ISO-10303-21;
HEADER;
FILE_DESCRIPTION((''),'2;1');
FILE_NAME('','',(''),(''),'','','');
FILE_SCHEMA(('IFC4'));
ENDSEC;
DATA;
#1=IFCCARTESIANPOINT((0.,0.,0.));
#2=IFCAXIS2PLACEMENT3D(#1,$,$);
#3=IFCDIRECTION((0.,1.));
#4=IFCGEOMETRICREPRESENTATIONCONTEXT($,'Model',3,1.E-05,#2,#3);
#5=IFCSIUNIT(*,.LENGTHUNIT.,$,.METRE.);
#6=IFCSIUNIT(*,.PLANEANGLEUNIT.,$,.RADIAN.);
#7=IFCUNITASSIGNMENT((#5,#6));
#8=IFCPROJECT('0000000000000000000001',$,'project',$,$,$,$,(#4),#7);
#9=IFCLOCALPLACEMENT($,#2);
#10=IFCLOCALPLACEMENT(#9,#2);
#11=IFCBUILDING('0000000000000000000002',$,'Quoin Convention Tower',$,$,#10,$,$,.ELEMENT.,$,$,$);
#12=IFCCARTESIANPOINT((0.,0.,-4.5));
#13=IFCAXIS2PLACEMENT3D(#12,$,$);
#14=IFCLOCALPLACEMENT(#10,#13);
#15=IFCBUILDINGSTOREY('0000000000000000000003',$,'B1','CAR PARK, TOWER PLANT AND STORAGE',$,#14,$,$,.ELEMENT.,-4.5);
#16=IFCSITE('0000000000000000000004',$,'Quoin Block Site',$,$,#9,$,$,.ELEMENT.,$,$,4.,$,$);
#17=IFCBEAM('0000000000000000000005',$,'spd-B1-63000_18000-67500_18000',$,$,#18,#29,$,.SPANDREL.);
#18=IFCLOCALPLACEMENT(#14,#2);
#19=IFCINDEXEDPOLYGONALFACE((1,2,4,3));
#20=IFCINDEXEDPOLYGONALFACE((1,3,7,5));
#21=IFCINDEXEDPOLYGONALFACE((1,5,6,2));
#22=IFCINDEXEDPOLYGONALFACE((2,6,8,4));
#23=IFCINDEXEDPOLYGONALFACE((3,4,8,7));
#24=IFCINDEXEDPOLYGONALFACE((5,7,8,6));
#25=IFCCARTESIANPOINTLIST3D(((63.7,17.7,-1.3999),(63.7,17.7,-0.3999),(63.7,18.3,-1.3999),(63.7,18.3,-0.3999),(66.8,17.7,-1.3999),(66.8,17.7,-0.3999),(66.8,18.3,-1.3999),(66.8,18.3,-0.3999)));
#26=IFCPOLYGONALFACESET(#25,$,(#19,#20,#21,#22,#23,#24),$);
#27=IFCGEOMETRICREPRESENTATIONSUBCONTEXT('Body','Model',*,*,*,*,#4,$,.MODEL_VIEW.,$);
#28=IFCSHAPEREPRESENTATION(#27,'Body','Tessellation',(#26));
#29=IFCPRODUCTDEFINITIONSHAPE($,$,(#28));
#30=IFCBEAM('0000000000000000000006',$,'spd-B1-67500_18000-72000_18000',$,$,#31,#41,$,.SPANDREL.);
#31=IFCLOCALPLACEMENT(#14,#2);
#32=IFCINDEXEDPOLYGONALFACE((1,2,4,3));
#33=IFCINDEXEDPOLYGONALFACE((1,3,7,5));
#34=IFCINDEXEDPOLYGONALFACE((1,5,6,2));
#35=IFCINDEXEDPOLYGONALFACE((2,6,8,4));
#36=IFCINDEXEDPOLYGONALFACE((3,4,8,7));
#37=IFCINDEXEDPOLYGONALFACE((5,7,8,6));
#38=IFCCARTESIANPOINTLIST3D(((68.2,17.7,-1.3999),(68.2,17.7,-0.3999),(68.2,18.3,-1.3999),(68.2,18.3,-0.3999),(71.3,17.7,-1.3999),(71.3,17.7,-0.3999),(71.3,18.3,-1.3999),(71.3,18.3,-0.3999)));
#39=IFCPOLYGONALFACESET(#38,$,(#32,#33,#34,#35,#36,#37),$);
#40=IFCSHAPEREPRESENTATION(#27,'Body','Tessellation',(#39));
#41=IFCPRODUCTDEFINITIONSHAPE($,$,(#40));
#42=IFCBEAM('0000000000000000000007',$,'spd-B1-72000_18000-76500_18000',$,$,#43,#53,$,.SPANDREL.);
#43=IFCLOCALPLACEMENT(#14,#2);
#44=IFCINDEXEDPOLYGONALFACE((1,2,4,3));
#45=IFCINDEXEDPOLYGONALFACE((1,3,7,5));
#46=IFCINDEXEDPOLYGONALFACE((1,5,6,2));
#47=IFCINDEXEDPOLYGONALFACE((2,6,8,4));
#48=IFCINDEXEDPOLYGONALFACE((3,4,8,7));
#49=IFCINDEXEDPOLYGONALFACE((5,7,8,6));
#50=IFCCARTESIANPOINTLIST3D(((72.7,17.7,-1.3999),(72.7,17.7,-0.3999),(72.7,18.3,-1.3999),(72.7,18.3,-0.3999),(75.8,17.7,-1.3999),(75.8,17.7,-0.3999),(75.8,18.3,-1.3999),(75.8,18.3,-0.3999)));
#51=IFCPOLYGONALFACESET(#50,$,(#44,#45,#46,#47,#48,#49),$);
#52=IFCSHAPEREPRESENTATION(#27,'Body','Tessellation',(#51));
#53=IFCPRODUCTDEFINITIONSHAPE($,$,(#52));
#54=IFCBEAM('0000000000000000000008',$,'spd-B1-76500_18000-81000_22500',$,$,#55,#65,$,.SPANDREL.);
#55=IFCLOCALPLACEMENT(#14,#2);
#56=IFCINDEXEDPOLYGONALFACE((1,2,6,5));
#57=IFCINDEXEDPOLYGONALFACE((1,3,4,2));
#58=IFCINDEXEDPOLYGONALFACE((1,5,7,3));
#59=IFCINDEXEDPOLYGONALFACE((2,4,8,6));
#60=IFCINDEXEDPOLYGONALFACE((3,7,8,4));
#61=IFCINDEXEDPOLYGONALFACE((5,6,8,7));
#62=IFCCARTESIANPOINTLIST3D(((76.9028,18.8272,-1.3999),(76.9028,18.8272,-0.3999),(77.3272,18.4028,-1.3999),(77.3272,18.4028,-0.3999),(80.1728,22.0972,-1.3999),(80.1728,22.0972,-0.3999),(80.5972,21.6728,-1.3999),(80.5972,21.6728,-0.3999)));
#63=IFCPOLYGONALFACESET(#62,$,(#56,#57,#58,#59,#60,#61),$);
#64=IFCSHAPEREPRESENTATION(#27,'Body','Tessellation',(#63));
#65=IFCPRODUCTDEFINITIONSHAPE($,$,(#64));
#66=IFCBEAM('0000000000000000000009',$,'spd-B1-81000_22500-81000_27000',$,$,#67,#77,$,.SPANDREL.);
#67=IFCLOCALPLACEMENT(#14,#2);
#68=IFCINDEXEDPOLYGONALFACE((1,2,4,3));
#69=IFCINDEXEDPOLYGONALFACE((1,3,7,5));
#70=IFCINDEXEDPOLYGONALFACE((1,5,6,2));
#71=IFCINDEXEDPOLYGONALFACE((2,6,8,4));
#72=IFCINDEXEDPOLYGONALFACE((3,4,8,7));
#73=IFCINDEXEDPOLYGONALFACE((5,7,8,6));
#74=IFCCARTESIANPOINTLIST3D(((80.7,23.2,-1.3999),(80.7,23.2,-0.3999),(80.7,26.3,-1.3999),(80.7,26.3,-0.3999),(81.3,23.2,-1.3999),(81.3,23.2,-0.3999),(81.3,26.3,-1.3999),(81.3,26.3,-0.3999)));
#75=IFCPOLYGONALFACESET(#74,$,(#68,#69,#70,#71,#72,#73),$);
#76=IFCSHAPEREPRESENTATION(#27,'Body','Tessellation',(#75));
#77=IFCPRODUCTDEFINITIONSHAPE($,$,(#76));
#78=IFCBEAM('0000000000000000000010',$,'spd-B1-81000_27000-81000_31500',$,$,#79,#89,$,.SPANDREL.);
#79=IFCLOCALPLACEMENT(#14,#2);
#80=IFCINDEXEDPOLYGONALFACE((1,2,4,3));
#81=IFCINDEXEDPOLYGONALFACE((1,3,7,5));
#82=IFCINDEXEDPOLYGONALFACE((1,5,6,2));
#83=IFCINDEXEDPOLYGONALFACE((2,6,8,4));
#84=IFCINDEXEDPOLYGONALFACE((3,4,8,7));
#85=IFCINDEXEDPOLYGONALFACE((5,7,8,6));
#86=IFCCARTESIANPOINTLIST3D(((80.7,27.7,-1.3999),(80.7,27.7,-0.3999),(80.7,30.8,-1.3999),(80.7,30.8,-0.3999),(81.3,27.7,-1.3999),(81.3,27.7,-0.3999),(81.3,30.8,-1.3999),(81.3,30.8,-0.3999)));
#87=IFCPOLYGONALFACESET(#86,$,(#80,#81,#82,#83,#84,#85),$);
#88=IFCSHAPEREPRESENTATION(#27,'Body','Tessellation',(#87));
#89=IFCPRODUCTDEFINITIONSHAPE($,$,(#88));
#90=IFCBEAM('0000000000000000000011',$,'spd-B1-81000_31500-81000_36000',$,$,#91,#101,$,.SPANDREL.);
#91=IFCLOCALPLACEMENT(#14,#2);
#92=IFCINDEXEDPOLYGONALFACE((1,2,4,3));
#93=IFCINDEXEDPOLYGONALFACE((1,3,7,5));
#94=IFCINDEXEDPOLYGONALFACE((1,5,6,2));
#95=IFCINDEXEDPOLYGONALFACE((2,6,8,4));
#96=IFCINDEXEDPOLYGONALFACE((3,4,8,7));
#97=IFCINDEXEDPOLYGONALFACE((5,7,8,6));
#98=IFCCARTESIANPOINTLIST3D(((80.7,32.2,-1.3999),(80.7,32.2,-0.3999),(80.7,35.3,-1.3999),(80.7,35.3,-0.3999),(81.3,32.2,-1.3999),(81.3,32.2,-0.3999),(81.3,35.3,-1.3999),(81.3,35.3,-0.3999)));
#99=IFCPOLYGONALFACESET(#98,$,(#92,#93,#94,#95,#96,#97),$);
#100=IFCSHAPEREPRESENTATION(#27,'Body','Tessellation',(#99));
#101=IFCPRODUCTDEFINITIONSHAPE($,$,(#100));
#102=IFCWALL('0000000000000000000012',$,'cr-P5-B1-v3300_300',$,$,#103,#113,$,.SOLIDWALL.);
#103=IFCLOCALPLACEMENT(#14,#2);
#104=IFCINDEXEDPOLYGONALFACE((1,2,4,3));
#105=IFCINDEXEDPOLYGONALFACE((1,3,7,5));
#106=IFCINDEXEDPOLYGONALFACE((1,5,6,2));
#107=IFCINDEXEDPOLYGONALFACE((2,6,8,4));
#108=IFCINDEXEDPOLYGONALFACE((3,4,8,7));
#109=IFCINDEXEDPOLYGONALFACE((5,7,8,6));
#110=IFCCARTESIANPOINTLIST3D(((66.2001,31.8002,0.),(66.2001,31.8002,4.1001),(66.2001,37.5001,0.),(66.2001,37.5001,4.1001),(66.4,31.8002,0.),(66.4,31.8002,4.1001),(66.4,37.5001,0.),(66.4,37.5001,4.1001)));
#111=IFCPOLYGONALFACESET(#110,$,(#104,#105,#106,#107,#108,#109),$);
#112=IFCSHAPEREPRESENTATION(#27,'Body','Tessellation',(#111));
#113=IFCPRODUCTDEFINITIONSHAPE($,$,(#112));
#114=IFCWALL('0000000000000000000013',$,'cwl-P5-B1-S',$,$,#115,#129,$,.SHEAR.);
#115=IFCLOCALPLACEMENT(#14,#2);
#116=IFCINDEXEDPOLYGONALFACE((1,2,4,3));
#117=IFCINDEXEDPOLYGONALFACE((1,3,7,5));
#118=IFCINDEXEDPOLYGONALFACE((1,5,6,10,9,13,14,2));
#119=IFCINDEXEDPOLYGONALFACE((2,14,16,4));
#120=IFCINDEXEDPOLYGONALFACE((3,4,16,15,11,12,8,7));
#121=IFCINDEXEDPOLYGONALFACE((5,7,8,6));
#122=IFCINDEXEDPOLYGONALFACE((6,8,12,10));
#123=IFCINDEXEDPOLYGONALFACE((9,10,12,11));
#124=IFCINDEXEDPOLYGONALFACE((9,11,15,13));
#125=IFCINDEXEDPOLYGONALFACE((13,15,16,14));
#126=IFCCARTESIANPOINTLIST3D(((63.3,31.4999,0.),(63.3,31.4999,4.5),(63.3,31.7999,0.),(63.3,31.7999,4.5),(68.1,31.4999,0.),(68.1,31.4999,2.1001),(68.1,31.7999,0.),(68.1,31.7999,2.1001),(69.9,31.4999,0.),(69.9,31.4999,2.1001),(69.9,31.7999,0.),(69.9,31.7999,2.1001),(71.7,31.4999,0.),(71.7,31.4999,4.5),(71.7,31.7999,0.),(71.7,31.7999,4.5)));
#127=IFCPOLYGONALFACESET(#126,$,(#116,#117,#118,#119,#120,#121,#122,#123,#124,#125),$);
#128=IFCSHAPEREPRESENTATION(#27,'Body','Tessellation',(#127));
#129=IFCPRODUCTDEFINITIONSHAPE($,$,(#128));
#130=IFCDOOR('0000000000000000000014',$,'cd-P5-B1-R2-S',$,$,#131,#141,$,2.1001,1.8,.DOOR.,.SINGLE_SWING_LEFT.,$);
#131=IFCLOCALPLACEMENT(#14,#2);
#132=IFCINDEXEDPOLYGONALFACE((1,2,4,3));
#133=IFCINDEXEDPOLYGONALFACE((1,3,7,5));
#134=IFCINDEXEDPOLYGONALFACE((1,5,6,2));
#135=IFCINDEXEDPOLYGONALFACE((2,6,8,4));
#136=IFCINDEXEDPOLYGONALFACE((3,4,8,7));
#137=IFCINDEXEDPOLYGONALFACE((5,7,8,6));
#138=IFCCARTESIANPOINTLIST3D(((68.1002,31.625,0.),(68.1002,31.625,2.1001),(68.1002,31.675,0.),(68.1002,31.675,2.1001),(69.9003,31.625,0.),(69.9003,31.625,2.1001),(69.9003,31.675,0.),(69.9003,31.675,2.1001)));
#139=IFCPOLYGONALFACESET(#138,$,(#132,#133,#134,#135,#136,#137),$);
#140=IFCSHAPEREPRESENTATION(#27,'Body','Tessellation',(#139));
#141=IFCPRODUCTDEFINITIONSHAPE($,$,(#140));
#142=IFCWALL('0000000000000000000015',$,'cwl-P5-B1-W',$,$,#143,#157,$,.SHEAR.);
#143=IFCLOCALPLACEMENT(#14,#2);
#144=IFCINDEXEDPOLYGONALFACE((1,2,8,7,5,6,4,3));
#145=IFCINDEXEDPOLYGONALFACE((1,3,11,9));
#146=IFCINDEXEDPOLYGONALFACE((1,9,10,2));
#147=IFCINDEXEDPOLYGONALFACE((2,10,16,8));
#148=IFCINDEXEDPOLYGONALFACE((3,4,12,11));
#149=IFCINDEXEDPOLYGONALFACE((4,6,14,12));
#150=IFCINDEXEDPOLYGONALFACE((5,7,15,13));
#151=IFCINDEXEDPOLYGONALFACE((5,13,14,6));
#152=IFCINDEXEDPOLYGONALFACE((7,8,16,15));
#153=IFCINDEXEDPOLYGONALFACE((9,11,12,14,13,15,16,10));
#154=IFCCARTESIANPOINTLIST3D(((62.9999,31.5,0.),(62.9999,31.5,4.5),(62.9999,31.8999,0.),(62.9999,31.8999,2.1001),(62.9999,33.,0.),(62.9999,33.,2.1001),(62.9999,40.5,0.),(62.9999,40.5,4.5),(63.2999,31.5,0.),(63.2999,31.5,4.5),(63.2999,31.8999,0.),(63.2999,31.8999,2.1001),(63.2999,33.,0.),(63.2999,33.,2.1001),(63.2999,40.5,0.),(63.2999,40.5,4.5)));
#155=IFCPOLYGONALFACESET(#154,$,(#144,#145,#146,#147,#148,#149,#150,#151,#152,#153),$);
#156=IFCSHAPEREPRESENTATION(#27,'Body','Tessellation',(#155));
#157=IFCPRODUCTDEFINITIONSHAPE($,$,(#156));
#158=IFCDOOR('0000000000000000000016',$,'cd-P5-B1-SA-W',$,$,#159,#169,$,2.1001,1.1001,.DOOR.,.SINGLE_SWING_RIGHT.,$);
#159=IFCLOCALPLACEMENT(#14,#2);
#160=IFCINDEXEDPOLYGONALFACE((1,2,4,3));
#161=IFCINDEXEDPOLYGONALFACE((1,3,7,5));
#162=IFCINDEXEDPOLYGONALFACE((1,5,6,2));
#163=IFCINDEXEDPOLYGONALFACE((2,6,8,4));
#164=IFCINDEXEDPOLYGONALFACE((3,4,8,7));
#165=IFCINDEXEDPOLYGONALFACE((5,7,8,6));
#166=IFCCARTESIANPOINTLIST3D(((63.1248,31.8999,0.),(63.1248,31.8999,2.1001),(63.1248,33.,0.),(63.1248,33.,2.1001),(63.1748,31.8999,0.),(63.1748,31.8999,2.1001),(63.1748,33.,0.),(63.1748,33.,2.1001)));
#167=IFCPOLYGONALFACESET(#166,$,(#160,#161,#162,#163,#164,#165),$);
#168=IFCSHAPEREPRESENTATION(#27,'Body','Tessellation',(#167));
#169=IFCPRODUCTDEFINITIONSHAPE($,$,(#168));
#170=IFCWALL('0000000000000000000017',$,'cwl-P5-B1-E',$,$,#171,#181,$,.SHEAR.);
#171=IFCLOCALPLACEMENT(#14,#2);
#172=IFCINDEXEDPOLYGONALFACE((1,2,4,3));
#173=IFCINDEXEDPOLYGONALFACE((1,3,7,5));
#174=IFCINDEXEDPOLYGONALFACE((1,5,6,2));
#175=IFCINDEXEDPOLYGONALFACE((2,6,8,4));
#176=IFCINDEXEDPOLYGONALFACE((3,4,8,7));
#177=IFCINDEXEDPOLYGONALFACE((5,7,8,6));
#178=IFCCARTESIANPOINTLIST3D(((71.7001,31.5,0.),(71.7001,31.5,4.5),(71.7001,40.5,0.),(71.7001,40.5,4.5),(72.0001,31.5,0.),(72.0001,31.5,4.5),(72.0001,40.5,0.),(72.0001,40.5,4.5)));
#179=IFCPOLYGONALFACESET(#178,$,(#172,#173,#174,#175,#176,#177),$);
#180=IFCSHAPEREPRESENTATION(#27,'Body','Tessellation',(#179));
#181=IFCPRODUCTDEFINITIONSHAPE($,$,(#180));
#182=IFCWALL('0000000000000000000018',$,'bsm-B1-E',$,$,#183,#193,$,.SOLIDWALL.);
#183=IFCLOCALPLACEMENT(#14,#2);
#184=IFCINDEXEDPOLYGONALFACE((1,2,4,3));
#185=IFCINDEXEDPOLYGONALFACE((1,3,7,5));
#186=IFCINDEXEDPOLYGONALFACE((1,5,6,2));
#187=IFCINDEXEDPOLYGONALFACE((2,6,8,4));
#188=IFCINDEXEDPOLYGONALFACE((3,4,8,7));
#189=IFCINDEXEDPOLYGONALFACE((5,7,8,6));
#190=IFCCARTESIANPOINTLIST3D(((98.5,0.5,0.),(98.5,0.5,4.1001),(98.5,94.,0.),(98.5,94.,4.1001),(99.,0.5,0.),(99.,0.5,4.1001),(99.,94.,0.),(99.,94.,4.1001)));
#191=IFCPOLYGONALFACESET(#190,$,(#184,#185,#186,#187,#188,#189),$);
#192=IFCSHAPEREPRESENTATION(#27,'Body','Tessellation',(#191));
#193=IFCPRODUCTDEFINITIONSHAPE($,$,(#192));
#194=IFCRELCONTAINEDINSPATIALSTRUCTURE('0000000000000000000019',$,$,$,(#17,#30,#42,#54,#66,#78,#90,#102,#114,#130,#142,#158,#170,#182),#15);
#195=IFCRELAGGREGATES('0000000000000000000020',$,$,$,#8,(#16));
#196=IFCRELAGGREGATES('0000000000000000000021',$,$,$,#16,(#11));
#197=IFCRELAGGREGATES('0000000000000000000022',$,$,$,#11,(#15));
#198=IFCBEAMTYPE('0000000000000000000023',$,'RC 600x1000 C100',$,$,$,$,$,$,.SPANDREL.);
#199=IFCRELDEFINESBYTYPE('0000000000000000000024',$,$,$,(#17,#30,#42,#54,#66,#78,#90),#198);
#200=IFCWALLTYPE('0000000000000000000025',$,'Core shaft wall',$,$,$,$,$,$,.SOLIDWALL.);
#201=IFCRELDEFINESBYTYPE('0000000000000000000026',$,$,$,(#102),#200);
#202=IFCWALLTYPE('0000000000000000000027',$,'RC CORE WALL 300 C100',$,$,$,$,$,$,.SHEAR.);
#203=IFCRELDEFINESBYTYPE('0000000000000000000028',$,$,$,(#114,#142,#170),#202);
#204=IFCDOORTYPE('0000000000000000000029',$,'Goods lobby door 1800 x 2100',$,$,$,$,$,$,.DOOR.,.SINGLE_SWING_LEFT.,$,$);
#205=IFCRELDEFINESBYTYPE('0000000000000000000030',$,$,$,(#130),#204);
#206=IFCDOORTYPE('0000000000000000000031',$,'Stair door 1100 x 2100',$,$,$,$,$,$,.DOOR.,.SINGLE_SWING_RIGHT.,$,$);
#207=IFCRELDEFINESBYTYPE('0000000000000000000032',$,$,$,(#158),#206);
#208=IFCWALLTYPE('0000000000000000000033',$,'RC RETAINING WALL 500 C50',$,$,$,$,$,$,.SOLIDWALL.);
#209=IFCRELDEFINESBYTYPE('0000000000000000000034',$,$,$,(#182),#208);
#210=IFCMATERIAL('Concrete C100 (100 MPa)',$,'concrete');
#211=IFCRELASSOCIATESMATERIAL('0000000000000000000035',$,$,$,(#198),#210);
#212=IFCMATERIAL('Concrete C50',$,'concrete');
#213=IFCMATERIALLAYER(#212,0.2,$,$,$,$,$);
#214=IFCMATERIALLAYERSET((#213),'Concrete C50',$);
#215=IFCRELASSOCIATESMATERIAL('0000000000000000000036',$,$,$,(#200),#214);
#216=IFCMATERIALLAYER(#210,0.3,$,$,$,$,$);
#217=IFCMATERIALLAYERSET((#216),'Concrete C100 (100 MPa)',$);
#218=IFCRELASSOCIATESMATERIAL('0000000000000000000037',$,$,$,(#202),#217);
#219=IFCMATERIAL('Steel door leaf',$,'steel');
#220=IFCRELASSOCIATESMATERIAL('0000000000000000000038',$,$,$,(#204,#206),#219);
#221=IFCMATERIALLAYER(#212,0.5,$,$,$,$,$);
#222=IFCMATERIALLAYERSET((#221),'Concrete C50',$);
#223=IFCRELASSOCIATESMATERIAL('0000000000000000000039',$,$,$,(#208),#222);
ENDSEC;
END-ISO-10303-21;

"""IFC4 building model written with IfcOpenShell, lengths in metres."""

from ifc_helpers import new_model, si_unit, direction, frame, frame_2d, origin, origin_2d, place, context, subcontext, project, spatial, rectangle, extrude, material, layer, layer_set, material_profile, profile_set, type_object, element, fill, save


model = new_model("IFC4")

# Units and contexts
model_context = context("Model", 3, precision=1e-05, world=origin(), true_north=direction((0.0, 1.0)))
body_context = subcontext(model_context, "Body", "Model", "MODEL_VIEW")
ifc_project = project(units=[si_unit("LENGTHUNIT", "METRE"), si_unit("PLANEANGLEUNIT", "RADIAN")], contexts=[model_context])

# Site, building, storey
site_placement = place(None, origin())
site = spatial("IfcSite", under=ifc_project, at=site_placement, Name="Quoin Block Site", CompositionType="ELEMENT", RefElevation=4.0)
building_placement = place(site_placement, origin())
building = spatial("IfcBuilding", under=site, at=building_placement, Name="Quoin Convention Tower", CompositionType="ELEMENT")
storey_placement = place(building_placement, frame((0.0, 0.0, -4.5)))
storey = spatial("IfcBuildingStorey", under=building, at=storey_placement, Name="B1", Description="CAR PARK, TOWER PLANT AND STORAGE", CompositionType="ELEMENT", Elevation=-4.5)

# Shared definitions
ifc_material_1 = material(Name="Concrete C100 (100 MPa)", Category="concrete")

# Beams
ifc_material_profile_1 = material_profile(ifc_material_1, rectangle(XDim=0.6001, YDim=1.0, at=origin_2d()), Name="RC 600x1000")
ifc_profile_set_1 = profile_set([ifc_material_profile_1], Name="Concrete C100 (100 MPa)")
beam_type = type_object("IfcBeamType", Name="RC 600x1000 C100", PredefinedType="SPANDREL", material=ifc_profile_set_1)
for number, where, z_axis, x_axis, name in (
    (1, (63.7, 18.0, -0.8999), (1.0, 0.0, 0.0), (0.0, 1.0, 0.0), "spd-B1-63000_18000-67500_18000"),
    (2, (68.2, 18.0, -0.8999), (1.0, 0.0, 0.0), (0.0, 1.0, 0.0), "spd-B1-67500_18000-72000_18000"),
    (3, (72.7, 18.0, -0.8999), (1.0, 0.0, 0.0), (0.0, 1.0, 0.0), "spd-B1-72000_18000-76500_18000"),
):
    element("IfcBeam", number, at=place(storey_placement, frame(where, z_axis=z_axis, x_axis=x_axis)), inside=storey, type_object=beam_type, Name=name, PredefinedType="SPANDREL", context=body_context, shape_type="SweptSolid", body=[
        extrude(rectangle(XDim=0.6001, YDim=1.0, at=origin_2d()), origin(), (0.0, 0.0, 1.0), 3.1001),
    ])
beam_placement = place(storey_placement, frame((77.115, 18.615, -0.8999), z_axis=(0.707107, 0.707107, 0.0), x_axis=(-0.707107, 0.707107, 0.0)))
element("IfcBeam", 4, at=beam_placement, inside=storey, type_object=beam_type, Name="spd-B1-76500_18000-81000_22500", PredefinedType="SPANDREL", context=body_context, shape_type="SweptSolid", body=[
    extrude(rectangle(XDim=0.6001, YDim=1.0, at=origin_2d()), origin(), (0.0, 0.0, 1.0), 4.6245),
])
for number, where, z_axis, x_axis, name in (
    (5, (81.0, 23.2, -0.8999), (0.0, 1.0, 0.0), (-1.0, 0.0, 0.0), "spd-B1-81000_22500-81000_27000"),
    (6, (81.0, 27.7, -0.8999), (0.0, 1.0, 0.0), (-1.0, 0.0, 0.0), "spd-B1-81000_27000-81000_31500"),
    (7, (81.0, 32.2, -0.8999), (0.0, 1.0, 0.0), (-1.0, 0.0, 0.0), "spd-B1-81000_31500-81000_36000"),
):
    element("IfcBeam", number, at=place(storey_placement, frame(where, z_axis=z_axis, x_axis=x_axis)), inside=storey, type_object=beam_type, Name=name, PredefinedType="SPANDREL", context=body_context, shape_type="SweptSolid", body=[
        extrude(rectangle(XDim=0.6001, YDim=1.0, at=origin_2d()), origin(), (0.0, 0.0, 1.0), 3.1001),
    ])

# Wall
ifc_material_2 = material(Name="Concrete C50", Category="concrete")
ifc_layer_1 = layer(ifc_material_2, 0.2)
ifc_layer_set_1 = layer_set([ifc_layer_1], Name="Concrete C50")
wall_type_1 = type_object("IfcWallType", Name="Core shaft wall", PredefinedType="SOLIDWALL", material=ifc_layer_set_1)
wall_1_placement = place(storey_placement, frame((66.3, 31.8, 0.0), z_axis=(0.0, 0.0, 1.0), x_axis=(0.0, 1.0, 0.0)))
element("IfcWall", 8, at=wall_1_placement, inside=storey, type_object=wall_type_1, Name="cr-P5-B1-v3300_300", PredefinedType="SOLIDWALL", context=body_context, shape_type="SweptSolid", body=[
    extrude(rectangle(XDim=5.7, YDim=0.2, at=frame_2d((2.8501, 0.0))), origin(), (0.0, 0.0, 1.0), 4.1001),
])

# Walls, openings, doors
ifc_layer_2 = layer(ifc_material_1, 0.3)
ifc_layer_set_2 = layer_set([ifc_layer_2], Name="Concrete C100 (100 MPa)")
wall_type_2 = type_object("IfcWallType", Name="RC CORE WALL 300 C100", PredefinedType="SHEAR", material=ifc_layer_set_2)
wall_2_placement = place(storey_placement, frame((63.3, 31.6499, 0.0), z_axis=(0.0, 0.0, 1.0), x_axis=(1.0, 0.0, 0.0)))
wall_2 = element("IfcWall", 9, at=wall_2_placement, inside=storey, type_object=wall_type_2, Name="cwl-P5-B1-S", PredefinedType="SHEAR", context=body_context, shape_type="SweptSolid", body=[
    extrude(rectangle(XDim=8.3999, YDim=0.3, at=frame_2d((4.2, 0.0))), origin(), (0.0, 0.0, 1.0), 4.5),
])
opening_1_placement = place(wall_2_placement, frame((4.8, 0.0, 0.0)))
opening_1 = element("IfcOpeningElement", 10, at=opening_1_placement, cuts=wall_2, PredefinedType="OPENING", context=body_context, shape_type="SweptSolid", body=[
    extrude(rectangle(XDim=1.8, YDim=2.1001, at=frame_2d((0.8999, 1.05))), frame((0.0, 0.1599, 0.0), z_axis=(0.0, -1.0, 0.0), x_axis=(1.0, 0.0, 0.0)), (0.0, 0.0, 1.0), 0.3201),
])
ifc_material_3 = material(Name="Steel door leaf", Category="steel")
door_type_1 = type_object("IfcDoorType", Name="Goods lobby door 1800 x 2100", OperationType="SINGLE_SWING_LEFT", PredefinedType="DOOR", material=ifc_material_3)
door_1_placement = place(opening_1_placement, frame((1.8, 0.0, 0.0), z_axis=(0.0, 0.0, 1.0), x_axis=(-1.0, 0.0, 0.0)))
door_1 = element("IfcDoor", 11, at=door_1_placement, inside=storey, type_object=door_type_1, Name="cd-P5-B1-R2-S", OperationType="SINGLE_SWING_LEFT", OverallHeight=2.1001, OverallWidth=1.8, PredefinedType="DOOR", context=body_context, shape_type="SweptSolid", body=[
    extrude(rectangle(XDim=1.8, YDim=2.1001, at=frame_2d((0.8999, 1.05))), frame((0.0, 0.0249, 0.0), z_axis=(0.0, -1.0, 0.0), x_axis=(1.0, 0.0, 0.0)), (0.0, 0.0, 1.0), 0.05),
])
fill(opening_1, door_1)
wall_3_placement = place(storey_placement, frame((63.1499, 31.5, 0.0), z_axis=(0.0, 0.0, 1.0), x_axis=(0.0, 1.0, 0.0)))
wall_3 = element("IfcWall", 12, at=wall_3_placement, inside=storey, type_object=wall_type_2, Name="cwl-P5-B1-W", PredefinedType="SHEAR", context=body_context, shape_type="SweptSolid", body=[
    extrude(rectangle(XDim=9.0, YDim=0.3, at=frame_2d((4.5, 0.0))), origin(), (0.0, 0.0, 1.0), 4.5),
])
opening_2_placement = place(wall_3_placement, frame((0.3999, 0.0, 0.0)))
opening_2 = element("IfcOpeningElement", 13, at=opening_2_placement, cuts=wall_3, PredefinedType="OPENING", context=body_context, shape_type="SweptSolid", body=[
    extrude(rectangle(XDim=1.1001, YDim=2.1001, at=frame_2d((0.55, 1.05))), frame((0.0, 0.1599, 0.0), z_axis=(0.0, -1.0, 0.0), x_axis=(1.0, 0.0, 0.0)), (0.0, 0.0, 1.0), 0.3201),
])
door_type_2 = type_object("IfcDoorType", Name="Stair door 1100 x 2100", OperationType="SINGLE_SWING_RIGHT", PredefinedType="DOOR", material=ifc_material_3)
door_2_placement = place(opening_2_placement, frame((1.1001, 0.0, 0.0), z_axis=(0.0, 0.0, 1.0), x_axis=(-1.0, 0.0, 0.0)))
door_2 = element("IfcDoor", 14, at=door_2_placement, inside=storey, type_object=door_type_2, Name="cd-P5-B1-SA-W", OperationType="SINGLE_SWING_RIGHT", OverallHeight=2.1001, OverallWidth=1.1001, PredefinedType="DOOR", context=body_context, shape_type="SweptSolid", body=[
    extrude(rectangle(XDim=1.1001, YDim=2.1001, at=frame_2d((0.55, 1.05))), frame((0.0, 0.0249, 0.0), z_axis=(0.0, -1.0, 0.0), x_axis=(1.0, 0.0, 0.0)), (0.0, 0.0, 1.0), 0.05),
])
fill(opening_2, door_2)

# Walls
wall_4_placement = place(storey_placement, frame((71.8501, 31.5, 0.0), z_axis=(0.0, 0.0, 1.0), x_axis=(0.0, 1.0, 0.0)))
element("IfcWall", 15, at=wall_4_placement, inside=storey, type_object=wall_type_2, Name="cwl-P5-B1-E", PredefinedType="SHEAR", context=body_context, shape_type="SweptSolid", body=[
    extrude(rectangle(XDim=9.0, YDim=0.3, at=frame_2d((4.5, 0.0))), origin(), (0.0, 0.0, 1.0), 4.5),
])
ifc_layer_3 = layer(ifc_material_2, 0.5)
ifc_layer_set_3 = layer_set([ifc_layer_3], Name="Concrete C50")
wall_type_3 = type_object("IfcWallType", Name="RC RETAINING WALL 500 C50", PredefinedType="SOLIDWALL", material=ifc_layer_set_3)
wall_5_placement = place(storey_placement, frame((98.75, 0.5, 0.0), z_axis=(0.0, 0.0, 1.0), x_axis=(0.0, 1.0, 0.0)))
element("IfcWall", 16, at=wall_5_placement, inside=storey, type_object=wall_type_3, Name="bsm-B1-E", PredefinedType="SOLIDWALL", context=body_context, shape_type="SweptSolid", body=[
    extrude(rectangle(XDim=93.5, YDim=0.5, at=frame_2d((46.75, 0.0))), origin(), (0.0, 0.0, 1.0), 4.1001),
])

save(model, "model.ifc")
